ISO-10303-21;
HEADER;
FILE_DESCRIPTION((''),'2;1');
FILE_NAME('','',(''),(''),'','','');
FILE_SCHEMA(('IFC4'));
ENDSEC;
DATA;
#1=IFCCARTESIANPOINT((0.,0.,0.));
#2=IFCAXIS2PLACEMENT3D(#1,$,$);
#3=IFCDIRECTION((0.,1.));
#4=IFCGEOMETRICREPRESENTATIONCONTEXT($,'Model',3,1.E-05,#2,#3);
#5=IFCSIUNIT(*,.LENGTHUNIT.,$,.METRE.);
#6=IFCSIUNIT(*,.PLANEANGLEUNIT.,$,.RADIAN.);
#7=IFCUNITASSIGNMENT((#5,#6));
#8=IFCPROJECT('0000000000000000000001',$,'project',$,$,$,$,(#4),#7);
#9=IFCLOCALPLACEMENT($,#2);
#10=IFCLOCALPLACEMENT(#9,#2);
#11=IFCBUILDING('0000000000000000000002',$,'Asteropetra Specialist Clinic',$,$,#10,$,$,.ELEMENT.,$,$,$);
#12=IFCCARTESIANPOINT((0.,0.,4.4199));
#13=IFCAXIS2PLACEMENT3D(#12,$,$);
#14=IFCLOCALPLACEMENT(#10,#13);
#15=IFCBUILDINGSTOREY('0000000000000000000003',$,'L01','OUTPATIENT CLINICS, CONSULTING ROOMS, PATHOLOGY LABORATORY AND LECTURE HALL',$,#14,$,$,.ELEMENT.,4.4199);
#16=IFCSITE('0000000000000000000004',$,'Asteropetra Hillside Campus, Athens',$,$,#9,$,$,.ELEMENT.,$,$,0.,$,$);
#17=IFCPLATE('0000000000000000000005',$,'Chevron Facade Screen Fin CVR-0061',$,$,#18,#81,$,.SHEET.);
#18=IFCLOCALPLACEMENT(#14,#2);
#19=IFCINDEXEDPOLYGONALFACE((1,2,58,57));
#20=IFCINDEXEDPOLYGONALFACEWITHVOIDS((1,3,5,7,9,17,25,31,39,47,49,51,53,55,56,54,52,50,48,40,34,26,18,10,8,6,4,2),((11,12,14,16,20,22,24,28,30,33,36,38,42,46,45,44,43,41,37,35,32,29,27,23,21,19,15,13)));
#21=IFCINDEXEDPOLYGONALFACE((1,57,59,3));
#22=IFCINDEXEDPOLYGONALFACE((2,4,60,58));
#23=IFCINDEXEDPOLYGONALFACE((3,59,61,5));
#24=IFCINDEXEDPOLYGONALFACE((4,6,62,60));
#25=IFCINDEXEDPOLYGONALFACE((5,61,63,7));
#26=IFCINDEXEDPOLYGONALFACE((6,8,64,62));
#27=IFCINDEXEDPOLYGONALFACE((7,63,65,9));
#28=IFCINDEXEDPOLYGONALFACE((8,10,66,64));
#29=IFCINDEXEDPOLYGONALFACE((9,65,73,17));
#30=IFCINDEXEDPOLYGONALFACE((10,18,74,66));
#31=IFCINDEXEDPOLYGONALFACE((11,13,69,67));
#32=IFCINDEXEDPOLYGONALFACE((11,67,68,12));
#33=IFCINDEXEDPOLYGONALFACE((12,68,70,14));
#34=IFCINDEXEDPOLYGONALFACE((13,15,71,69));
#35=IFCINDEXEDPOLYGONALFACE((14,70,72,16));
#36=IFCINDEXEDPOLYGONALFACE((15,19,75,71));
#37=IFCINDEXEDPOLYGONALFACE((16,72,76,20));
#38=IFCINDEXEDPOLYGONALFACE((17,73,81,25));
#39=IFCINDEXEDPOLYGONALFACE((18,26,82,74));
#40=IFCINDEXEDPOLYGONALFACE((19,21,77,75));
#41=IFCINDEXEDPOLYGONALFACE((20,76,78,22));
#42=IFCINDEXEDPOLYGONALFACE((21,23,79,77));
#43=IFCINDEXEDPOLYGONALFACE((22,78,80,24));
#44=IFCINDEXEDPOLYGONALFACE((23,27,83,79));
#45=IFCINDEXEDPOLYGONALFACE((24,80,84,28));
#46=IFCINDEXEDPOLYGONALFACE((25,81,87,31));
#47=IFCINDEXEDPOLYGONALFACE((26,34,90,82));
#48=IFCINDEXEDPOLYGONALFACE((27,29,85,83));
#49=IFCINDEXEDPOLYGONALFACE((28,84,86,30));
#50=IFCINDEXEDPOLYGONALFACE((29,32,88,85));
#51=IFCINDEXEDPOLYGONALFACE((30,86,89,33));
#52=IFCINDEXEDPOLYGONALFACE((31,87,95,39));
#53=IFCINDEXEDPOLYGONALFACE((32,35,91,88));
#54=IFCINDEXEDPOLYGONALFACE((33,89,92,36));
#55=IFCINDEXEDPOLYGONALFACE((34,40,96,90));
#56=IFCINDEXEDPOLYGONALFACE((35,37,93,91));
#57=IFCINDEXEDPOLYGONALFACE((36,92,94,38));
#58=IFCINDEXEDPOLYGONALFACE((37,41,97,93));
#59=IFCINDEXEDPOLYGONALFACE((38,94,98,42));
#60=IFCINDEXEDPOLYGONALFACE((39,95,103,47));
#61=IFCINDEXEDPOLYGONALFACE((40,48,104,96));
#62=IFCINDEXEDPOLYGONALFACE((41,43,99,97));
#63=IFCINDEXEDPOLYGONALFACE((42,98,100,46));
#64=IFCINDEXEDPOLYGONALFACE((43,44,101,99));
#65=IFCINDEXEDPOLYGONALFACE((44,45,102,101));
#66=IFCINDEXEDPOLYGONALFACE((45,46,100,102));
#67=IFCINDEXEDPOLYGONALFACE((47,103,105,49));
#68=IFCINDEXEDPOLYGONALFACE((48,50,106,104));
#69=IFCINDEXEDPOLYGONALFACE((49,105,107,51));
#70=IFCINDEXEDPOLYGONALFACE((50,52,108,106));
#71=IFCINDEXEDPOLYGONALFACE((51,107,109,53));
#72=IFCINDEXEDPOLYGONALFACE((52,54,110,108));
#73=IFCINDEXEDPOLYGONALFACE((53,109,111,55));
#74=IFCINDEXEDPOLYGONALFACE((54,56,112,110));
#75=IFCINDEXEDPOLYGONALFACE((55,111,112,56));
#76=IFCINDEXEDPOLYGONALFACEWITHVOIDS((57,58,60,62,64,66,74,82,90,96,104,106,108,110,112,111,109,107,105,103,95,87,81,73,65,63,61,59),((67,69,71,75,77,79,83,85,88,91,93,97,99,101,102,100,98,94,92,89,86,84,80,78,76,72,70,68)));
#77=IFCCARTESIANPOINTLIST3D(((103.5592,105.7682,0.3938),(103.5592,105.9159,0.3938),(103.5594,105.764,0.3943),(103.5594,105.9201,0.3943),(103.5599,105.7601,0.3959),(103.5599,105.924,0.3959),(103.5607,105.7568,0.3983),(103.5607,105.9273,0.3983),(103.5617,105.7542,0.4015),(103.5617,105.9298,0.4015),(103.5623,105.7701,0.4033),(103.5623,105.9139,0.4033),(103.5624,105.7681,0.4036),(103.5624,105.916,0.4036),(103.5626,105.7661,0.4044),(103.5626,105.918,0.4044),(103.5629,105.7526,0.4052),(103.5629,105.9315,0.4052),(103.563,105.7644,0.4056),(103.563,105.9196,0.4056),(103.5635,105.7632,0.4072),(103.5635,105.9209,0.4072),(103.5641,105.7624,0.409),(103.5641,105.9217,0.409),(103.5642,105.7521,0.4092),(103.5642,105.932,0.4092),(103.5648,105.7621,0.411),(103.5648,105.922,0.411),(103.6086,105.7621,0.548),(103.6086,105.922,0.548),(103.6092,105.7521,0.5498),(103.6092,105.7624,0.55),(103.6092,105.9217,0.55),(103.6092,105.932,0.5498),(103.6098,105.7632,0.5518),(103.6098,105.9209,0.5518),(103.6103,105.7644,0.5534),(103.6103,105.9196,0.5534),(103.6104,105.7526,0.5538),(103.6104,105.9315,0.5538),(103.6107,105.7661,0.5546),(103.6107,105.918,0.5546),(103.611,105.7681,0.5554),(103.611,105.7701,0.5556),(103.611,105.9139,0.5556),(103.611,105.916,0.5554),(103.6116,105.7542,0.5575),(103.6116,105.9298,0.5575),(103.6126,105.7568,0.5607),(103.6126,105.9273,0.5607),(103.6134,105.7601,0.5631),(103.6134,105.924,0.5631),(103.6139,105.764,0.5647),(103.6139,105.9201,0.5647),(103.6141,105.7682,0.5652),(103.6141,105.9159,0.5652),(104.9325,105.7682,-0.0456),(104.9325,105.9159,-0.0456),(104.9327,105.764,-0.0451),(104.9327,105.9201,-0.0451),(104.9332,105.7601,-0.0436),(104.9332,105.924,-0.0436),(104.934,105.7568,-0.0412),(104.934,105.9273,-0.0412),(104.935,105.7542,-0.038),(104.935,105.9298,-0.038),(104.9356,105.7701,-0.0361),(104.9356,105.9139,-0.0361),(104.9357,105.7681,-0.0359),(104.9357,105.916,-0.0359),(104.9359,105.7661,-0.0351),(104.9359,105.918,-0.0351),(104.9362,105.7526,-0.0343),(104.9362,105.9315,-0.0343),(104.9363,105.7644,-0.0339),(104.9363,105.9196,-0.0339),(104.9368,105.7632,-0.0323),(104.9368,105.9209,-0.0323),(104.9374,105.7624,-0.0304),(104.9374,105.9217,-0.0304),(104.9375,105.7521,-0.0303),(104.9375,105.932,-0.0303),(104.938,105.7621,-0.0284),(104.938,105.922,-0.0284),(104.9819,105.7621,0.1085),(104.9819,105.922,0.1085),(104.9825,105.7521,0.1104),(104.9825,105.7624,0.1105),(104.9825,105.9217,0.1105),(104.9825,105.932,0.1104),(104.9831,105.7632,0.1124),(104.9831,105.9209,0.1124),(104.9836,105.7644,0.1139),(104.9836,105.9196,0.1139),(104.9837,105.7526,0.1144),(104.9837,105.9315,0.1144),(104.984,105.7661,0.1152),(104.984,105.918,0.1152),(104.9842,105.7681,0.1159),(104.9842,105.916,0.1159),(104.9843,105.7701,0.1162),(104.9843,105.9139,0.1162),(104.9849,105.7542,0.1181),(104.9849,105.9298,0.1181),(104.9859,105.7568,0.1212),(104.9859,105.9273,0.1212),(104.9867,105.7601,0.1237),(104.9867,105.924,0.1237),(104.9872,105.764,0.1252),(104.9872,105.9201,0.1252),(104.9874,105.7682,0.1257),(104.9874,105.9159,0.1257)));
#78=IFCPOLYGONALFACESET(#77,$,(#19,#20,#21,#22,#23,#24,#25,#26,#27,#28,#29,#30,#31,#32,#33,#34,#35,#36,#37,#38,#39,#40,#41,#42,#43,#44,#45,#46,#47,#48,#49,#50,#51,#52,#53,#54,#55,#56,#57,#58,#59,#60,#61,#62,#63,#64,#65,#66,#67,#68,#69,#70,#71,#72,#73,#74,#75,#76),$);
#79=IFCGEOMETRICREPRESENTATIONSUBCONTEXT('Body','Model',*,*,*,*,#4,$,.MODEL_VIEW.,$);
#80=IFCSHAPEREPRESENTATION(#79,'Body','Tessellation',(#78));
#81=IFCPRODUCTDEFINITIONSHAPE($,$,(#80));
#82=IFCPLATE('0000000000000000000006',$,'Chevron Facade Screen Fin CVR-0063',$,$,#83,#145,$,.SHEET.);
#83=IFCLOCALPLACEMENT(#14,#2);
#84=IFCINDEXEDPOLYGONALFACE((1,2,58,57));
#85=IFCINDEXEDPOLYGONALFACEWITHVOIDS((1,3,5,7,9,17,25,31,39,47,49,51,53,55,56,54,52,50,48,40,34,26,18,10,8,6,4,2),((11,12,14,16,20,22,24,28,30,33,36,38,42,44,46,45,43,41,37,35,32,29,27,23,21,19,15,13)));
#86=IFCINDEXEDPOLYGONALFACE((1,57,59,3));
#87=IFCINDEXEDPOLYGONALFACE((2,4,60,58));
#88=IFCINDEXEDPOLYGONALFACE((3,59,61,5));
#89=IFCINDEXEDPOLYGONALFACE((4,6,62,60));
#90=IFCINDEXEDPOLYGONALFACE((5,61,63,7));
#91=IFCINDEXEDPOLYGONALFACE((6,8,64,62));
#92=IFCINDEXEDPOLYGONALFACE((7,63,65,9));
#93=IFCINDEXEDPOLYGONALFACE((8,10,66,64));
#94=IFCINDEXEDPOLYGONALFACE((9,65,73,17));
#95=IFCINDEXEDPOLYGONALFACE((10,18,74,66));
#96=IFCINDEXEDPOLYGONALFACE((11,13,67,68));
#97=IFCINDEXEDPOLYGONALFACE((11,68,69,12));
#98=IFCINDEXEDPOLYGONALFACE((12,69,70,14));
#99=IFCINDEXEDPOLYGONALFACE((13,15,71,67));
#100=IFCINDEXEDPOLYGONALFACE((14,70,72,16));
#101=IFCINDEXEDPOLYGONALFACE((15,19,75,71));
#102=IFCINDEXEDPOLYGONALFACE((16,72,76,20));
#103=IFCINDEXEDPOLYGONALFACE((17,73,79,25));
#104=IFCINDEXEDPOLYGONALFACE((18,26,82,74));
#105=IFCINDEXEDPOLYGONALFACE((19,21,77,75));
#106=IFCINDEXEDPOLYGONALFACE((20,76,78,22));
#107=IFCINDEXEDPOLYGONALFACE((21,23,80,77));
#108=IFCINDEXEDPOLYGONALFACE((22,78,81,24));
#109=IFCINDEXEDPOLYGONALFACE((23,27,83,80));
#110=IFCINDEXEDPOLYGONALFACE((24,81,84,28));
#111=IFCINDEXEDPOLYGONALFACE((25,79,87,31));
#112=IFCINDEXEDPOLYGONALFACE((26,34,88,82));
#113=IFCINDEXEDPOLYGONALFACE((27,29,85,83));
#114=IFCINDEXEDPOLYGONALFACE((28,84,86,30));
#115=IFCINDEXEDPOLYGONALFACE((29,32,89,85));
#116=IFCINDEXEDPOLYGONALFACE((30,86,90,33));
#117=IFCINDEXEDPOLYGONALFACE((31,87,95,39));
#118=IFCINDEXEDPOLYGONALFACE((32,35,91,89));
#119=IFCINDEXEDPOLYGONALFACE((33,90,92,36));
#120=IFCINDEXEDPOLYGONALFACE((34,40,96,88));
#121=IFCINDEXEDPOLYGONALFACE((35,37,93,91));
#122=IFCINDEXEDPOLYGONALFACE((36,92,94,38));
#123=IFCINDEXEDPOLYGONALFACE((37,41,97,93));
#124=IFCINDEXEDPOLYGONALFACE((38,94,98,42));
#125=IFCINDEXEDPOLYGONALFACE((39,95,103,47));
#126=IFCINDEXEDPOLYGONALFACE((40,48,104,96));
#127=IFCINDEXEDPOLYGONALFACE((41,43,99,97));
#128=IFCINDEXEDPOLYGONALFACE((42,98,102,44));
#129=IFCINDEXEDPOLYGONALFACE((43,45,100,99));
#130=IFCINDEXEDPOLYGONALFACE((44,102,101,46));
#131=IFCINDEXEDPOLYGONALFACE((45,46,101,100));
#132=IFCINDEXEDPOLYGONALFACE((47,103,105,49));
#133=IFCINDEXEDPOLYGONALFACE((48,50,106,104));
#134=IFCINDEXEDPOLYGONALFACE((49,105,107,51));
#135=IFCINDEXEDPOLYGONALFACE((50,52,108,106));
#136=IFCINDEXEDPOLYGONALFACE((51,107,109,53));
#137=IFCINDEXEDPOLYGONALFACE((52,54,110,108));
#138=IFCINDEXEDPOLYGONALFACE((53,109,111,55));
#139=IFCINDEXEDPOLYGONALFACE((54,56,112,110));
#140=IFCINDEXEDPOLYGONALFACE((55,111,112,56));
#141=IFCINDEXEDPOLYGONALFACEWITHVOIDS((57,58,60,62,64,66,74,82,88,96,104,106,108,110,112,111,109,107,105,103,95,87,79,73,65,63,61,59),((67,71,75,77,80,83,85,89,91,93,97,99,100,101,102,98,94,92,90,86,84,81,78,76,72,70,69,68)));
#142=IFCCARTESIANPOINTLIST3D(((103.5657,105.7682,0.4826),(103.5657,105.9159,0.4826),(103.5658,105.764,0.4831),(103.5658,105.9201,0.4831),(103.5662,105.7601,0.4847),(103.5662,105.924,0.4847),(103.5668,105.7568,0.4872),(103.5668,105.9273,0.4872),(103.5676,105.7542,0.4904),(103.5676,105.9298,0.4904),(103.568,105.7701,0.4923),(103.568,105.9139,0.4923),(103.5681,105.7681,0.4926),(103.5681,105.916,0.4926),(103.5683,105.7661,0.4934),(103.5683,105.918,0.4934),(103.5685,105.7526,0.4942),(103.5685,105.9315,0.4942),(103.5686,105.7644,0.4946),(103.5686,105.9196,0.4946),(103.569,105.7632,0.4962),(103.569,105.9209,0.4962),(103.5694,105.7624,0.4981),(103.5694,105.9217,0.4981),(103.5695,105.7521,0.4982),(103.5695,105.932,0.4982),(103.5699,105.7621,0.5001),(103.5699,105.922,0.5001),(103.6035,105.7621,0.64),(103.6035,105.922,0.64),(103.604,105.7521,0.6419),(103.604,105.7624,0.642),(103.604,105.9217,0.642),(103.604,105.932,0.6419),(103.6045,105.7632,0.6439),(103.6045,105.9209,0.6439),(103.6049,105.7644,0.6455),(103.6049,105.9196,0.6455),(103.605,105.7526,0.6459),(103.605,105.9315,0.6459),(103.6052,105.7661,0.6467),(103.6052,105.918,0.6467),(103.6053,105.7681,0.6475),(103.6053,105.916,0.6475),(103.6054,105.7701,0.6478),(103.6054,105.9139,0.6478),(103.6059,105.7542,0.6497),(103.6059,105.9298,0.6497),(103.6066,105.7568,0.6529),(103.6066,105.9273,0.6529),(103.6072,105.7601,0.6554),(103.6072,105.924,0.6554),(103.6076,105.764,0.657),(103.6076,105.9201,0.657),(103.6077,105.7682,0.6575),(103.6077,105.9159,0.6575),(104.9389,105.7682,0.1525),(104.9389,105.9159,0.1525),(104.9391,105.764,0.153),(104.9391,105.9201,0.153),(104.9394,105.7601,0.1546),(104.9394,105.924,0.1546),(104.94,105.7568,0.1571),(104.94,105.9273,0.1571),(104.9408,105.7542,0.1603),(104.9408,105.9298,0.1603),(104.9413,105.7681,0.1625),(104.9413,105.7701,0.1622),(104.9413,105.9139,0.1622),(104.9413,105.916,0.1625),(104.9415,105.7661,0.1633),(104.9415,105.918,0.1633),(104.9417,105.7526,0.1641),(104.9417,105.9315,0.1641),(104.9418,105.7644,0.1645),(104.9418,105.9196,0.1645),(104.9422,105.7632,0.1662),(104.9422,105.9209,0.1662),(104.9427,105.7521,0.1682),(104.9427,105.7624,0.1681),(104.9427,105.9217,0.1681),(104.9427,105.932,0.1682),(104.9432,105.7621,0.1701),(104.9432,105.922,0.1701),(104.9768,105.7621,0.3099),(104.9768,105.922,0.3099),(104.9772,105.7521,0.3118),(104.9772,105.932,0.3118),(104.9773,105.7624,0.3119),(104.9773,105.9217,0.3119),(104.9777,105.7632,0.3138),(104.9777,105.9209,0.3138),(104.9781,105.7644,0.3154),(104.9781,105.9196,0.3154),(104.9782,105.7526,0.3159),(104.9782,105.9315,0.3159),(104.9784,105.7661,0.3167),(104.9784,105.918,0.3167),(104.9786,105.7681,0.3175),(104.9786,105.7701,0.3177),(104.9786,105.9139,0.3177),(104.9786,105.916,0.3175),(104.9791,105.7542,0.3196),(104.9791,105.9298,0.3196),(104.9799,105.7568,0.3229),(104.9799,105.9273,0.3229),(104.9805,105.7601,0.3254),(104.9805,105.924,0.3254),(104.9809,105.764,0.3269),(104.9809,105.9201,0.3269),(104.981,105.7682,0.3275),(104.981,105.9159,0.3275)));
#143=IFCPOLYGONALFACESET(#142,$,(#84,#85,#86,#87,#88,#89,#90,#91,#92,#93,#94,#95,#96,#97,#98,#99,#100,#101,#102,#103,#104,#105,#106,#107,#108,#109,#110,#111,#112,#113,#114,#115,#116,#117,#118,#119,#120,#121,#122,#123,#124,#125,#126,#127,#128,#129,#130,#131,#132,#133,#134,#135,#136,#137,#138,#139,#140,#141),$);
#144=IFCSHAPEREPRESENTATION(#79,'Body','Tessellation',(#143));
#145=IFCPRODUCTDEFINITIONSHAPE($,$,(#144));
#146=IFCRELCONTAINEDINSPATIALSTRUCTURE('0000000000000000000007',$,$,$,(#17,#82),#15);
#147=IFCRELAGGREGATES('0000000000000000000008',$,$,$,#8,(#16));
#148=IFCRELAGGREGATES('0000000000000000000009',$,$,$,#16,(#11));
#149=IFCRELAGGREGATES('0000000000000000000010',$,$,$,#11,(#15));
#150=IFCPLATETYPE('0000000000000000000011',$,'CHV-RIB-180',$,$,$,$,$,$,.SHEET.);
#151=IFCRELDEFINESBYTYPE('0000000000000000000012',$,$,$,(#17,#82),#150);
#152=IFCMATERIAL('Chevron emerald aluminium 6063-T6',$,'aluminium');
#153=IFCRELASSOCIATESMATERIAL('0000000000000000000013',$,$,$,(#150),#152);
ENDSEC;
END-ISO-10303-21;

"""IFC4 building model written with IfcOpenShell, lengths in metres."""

from ifc_helpers import new_model, si_unit, direction, frame, origin, origin_2d, place, context, subcontext, project, spatial, hollow_rectangle, extrude, material, material_profile, profile_set, type_object, element, save


model = new_model("IFC4")

# Units and contexts
model_context = context("Model", 3, precision=1e-05, world=origin(), true_north=direction((0.0, 1.0)))
body_context = subcontext(model_context, "Body", "Model", "MODEL_VIEW")
ifc_project = project(units=[si_unit("LENGTHUNIT", "METRE"), si_unit("PLANEANGLEUNIT", "RADIAN")], contexts=[model_context])

# Site, building, storey
site_placement = place(None, origin())
site = spatial("IfcSite", under=ifc_project, at=site_placement, Name="Asteropetra Hillside Campus, Athens", CompositionType="ELEMENT", RefElevation=0.0)
building_placement = place(site_placement, origin())
building = spatial("IfcBuilding", under=site, at=building_placement, Name="Asteropetra Specialist Clinic", CompositionType="ELEMENT")
storey_placement = place(building_placement, frame((0.0, 0.0, 4.4199)))
storey = spatial("IfcBuildingStorey", under=building, at=storey_placement, Name="L01", Description="OUTPATIENT CLINICS, CONSULTING ROOMS, PATHOLOGY LABORATORY AND LECTURE HALL", CompositionType="ELEMENT", Elevation=4.4199)

# Plates
ifc_material_1 = material(Name="Chevron emerald aluminium 6063-T6", Category="aluminium")
ifc_material_profile_1 = material_profile(ifc_material_1, hollow_rectangle(XDim=0.1799, YDim=0.1799, WallThickness=0.01, InnerFilletRadius=0.0081, OuterFilletRadius=0.0161, at=origin_2d()), Name="SHS 180x180x10.0")
ifc_profile_set_1 = profile_set([ifc_material_profile_1], Name="Chevron emerald aluminium 6063-T6")
plate_type = type_object("IfcPlateType", Name="CHV-RIB-180", PredefinedType="SHEET", material=ifc_profile_set_1)
plate_1_placement = place(storey_placement, frame((104.96, 105.842, 0.04), z_axis=(-0.952424, 0.0, 0.304776), x_axis=(0.0, -1.0, 0.0)))
element("IfcPlate", 1, at=plate_1_placement, inside=storey, type_object=plate_type, Name="Chevron Facade Screen Fin CVR-0061", PredefinedType="SHEET", context=body_context, shape_type="SweptSolid", body=[
    extrude(hollow_rectangle(XDim=0.1799, YDim=0.1799, WallThickness=0.01, InnerFilletRadius=0.0081, OuterFilletRadius=0.0161, at=origin_2d()), origin(), (0.0, 0.0, 1.0), 1.4419),
])
plate_2_placement = place(storey_placement, frame((104.96, 105.842, 0.24), z_axis=(-0.972309, 0.0, 0.2337), x_axis=(0.0, -1.0, 0.0)))
element("IfcPlate", 2, at=plate_2_placement, inside=storey, type_object=plate_type, Name="Chevron Facade Screen Fin CVR-0063", PredefinedType="SHEET", context=body_context, shape_type="SweptSolid", body=[
    extrude(hollow_rectangle(XDim=0.1799, YDim=0.1799, WallThickness=0.01, InnerFilletRadius=0.0081, OuterFilletRadius=0.0161, at=origin_2d()), origin(), (0.0, 0.0, 1.0), 1.4124),
])

save(model, "model.ifc")
